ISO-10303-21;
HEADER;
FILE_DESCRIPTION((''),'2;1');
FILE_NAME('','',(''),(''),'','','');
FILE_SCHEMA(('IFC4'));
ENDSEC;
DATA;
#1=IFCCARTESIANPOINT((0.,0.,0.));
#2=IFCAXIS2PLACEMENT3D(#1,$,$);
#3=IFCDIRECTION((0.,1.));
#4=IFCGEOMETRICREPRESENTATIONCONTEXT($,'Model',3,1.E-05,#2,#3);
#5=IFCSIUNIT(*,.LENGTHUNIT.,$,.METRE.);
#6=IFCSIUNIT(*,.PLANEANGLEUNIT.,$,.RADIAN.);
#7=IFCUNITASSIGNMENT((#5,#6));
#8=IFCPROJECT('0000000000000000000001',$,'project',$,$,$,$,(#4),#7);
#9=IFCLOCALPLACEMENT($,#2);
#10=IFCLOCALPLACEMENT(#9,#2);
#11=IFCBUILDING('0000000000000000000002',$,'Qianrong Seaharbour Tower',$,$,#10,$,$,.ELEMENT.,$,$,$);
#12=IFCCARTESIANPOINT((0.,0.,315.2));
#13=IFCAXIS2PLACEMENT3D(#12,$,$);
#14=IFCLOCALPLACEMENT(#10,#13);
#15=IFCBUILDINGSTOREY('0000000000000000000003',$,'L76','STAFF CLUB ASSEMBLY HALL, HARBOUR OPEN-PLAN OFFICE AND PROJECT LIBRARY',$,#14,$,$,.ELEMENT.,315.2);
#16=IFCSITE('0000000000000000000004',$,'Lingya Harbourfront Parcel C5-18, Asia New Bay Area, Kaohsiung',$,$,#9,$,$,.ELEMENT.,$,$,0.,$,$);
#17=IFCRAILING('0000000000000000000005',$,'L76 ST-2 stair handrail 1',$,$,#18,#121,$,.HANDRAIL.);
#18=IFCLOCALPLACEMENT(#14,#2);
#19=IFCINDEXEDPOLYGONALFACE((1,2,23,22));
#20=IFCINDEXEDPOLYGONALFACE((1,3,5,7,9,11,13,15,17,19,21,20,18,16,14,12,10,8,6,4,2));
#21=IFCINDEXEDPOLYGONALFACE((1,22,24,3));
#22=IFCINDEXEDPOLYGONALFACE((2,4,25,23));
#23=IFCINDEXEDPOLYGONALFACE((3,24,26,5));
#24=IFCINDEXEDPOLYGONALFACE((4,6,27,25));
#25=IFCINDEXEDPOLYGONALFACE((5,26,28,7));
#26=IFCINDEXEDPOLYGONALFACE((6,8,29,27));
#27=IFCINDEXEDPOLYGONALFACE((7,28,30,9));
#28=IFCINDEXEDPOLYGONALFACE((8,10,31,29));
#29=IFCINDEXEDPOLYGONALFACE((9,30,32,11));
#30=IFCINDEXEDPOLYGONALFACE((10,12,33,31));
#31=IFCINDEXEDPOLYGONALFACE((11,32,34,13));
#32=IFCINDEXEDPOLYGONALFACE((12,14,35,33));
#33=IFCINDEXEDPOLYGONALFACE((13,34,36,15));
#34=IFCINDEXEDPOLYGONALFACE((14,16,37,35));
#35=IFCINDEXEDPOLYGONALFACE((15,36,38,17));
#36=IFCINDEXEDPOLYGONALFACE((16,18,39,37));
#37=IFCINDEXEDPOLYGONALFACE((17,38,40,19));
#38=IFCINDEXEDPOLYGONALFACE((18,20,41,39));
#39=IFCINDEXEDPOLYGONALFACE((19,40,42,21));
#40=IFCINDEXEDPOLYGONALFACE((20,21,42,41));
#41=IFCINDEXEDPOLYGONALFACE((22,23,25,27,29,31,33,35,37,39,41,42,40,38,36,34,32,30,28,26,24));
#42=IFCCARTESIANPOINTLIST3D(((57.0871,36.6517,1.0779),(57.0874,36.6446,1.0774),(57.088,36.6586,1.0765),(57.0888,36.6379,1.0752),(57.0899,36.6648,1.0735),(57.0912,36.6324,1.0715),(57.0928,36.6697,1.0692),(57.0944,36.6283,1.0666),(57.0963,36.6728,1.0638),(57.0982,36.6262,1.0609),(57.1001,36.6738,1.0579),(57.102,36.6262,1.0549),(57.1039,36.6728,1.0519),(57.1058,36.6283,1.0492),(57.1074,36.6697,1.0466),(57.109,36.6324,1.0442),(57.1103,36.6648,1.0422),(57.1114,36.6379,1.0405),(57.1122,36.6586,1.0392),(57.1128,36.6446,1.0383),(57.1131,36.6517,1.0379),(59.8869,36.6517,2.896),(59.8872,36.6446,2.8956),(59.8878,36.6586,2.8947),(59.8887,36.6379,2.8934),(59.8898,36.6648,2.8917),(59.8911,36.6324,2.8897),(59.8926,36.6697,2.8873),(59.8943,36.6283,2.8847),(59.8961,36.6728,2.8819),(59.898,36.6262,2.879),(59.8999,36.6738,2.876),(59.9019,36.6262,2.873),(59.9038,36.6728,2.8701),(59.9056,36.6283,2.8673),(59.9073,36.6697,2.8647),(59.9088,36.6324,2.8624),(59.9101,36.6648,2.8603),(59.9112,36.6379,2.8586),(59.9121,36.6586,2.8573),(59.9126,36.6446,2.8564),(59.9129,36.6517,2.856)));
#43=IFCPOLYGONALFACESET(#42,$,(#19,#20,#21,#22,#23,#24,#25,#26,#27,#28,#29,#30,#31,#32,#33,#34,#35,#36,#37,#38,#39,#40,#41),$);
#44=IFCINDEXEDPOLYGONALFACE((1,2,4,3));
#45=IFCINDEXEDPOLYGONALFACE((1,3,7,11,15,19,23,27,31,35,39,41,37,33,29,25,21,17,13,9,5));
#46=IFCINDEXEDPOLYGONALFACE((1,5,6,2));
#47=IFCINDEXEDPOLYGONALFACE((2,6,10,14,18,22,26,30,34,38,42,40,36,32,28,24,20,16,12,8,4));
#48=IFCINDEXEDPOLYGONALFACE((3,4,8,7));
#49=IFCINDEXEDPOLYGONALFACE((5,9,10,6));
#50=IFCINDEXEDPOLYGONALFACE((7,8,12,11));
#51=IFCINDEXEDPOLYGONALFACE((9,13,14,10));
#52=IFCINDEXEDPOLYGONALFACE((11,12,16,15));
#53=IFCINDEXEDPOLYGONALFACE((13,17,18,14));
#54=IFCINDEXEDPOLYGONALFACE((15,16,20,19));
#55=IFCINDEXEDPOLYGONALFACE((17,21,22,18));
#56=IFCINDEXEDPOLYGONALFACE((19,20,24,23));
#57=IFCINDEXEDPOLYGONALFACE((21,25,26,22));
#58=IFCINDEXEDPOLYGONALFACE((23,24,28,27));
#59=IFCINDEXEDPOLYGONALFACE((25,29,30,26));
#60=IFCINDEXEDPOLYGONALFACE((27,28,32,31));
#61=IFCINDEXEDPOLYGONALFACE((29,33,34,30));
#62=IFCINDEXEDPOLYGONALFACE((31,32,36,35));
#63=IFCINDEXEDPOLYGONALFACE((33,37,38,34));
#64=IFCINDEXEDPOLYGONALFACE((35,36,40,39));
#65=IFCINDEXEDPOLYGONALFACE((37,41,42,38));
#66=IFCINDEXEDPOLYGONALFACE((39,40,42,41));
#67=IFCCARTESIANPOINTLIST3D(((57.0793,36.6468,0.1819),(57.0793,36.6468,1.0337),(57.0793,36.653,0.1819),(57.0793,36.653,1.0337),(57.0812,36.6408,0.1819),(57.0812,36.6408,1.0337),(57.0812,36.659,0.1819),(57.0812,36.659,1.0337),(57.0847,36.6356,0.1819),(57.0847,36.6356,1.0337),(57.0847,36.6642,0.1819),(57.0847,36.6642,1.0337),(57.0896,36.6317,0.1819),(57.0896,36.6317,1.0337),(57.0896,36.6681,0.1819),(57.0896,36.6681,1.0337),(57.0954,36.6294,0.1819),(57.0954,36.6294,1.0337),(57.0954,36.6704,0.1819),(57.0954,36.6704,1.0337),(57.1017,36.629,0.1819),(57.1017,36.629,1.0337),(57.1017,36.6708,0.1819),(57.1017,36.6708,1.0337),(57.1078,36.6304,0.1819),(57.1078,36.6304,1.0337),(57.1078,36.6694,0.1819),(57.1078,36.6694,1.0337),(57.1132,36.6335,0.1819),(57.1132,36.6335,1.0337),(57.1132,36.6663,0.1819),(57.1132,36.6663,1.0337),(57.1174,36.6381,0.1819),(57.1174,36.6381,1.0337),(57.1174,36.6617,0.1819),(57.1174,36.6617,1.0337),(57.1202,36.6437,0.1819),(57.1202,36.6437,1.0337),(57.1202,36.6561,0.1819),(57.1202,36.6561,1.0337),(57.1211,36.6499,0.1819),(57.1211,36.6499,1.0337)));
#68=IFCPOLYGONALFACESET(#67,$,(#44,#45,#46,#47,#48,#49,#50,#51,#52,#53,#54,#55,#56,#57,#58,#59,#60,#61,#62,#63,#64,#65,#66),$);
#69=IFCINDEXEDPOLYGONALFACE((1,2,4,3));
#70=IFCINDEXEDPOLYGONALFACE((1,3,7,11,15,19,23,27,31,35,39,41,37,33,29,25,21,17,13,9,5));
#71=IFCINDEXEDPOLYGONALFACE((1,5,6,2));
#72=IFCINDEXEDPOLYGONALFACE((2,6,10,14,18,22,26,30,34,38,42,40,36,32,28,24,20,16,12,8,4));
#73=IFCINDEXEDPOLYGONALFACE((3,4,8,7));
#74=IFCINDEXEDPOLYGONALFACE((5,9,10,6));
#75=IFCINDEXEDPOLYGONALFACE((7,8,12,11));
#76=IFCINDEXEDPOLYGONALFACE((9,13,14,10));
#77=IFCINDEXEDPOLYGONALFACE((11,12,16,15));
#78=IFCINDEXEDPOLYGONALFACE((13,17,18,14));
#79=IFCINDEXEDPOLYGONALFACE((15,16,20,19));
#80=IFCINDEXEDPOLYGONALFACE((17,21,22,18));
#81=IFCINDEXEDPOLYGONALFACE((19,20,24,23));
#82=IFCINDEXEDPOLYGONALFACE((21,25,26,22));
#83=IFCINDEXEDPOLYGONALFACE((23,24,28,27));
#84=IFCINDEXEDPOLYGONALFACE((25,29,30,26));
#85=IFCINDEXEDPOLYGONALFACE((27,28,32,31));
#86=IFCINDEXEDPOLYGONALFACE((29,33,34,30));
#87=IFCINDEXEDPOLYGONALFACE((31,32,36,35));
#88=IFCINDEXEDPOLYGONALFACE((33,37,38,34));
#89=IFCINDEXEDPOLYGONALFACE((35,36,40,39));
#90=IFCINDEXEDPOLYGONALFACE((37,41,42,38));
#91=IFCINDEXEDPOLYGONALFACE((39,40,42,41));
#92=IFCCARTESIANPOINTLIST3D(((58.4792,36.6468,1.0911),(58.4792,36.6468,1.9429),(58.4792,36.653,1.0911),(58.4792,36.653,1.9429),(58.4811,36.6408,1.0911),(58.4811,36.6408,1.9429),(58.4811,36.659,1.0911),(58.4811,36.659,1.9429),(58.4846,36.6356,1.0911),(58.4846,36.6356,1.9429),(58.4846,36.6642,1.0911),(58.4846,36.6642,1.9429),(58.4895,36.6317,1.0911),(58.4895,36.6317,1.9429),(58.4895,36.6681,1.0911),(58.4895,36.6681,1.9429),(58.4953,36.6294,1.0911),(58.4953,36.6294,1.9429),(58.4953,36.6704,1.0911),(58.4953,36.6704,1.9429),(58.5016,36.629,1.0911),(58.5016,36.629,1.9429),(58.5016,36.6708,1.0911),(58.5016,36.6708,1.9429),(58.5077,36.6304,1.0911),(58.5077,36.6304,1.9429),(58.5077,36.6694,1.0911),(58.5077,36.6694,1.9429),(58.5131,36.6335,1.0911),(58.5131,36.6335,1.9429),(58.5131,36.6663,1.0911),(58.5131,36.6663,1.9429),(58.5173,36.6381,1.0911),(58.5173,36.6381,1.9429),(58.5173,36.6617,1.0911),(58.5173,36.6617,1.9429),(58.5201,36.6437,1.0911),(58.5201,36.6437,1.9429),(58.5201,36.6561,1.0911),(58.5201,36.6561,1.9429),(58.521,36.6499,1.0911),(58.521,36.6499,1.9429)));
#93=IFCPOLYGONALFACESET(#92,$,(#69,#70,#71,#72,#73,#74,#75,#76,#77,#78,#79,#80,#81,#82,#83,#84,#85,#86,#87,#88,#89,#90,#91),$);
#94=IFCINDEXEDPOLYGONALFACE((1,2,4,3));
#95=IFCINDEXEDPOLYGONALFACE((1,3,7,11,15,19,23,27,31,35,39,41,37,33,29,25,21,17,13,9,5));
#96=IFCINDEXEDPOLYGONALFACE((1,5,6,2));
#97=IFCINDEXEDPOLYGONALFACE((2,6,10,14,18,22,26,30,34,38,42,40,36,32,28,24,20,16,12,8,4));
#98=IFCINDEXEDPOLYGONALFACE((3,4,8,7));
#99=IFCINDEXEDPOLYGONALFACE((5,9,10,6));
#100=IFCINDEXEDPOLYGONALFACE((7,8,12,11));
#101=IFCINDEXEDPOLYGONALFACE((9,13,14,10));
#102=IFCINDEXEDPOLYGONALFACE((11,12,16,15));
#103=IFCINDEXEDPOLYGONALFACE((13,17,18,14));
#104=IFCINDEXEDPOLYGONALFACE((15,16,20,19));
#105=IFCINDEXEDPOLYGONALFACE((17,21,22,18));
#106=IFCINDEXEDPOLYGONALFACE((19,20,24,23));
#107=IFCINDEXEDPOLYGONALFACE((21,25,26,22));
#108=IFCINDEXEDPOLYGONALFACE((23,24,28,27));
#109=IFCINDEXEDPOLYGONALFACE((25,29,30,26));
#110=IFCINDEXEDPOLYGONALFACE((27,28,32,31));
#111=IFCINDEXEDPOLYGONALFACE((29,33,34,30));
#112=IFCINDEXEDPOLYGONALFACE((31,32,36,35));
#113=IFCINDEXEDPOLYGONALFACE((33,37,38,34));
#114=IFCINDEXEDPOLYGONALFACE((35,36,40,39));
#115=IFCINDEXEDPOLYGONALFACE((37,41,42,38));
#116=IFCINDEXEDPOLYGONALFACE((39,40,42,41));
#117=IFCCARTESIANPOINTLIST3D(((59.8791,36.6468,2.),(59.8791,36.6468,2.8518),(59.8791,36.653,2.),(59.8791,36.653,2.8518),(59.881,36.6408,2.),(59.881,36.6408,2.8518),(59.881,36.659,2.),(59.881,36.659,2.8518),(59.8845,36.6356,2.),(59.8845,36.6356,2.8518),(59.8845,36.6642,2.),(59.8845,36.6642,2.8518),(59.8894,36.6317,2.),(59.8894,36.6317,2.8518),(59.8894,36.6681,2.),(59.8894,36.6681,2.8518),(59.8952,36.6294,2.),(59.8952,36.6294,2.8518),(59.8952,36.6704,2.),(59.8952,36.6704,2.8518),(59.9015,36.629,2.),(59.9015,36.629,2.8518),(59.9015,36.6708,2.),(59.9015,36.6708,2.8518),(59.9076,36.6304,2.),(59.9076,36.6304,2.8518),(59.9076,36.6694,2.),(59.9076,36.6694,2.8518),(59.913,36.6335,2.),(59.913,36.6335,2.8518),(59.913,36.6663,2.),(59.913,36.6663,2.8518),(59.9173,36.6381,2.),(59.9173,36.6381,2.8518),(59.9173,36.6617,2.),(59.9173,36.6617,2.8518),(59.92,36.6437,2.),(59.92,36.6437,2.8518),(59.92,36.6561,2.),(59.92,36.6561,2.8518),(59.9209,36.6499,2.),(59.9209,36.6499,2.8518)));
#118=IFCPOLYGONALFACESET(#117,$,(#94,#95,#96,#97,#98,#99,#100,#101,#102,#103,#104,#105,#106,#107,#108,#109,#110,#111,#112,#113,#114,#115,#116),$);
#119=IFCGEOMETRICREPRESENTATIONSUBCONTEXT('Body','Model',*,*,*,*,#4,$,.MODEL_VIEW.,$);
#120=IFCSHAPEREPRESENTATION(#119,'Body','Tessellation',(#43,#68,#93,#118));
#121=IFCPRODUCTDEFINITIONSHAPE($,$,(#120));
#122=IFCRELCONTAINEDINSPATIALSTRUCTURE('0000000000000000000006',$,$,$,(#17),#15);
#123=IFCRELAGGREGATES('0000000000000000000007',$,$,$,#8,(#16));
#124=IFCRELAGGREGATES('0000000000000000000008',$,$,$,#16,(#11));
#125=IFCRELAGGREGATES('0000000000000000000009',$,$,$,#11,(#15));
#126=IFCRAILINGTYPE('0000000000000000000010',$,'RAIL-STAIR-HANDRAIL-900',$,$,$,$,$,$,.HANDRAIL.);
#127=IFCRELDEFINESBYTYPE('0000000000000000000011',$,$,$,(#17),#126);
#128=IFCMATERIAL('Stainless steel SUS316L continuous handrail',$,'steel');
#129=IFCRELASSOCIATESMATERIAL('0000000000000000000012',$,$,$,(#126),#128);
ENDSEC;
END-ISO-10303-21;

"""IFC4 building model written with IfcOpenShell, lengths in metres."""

from ifc_helpers import new_model, si_unit, direction, frame, origin, origin_2d, place, context, subcontext, project, spatial, circle, extrude, material, type_object, element, save


model = new_model("IFC4")

# Units and contexts
model_context = context("Model", 3, precision=1e-05, world=origin(), true_north=direction((0.0, 1.0)))
body_context = subcontext(model_context, "Body", "Model", "MODEL_VIEW")
ifc_project = project(units=[si_unit("LENGTHUNIT", "METRE"), si_unit("PLANEANGLEUNIT", "RADIAN")], contexts=[model_context])

# Site, building, storey
site_placement = place(None, origin())
site = spatial("IfcSite", under=ifc_project, at=site_placement, Name="Lingya Harbourfront Parcel C5-18, Asia New Bay Area, Kaohsiung", CompositionType="ELEMENT", RefElevation=0.0)
building_placement = place(site_placement, origin())
building = spatial("IfcBuilding", under=site, at=building_placement, Name="Qianrong Seaharbour Tower", CompositionType="ELEMENT")
storey_placement = place(building_placement, frame((0.0, 0.0, 315.2)))
storey = spatial("IfcBuildingStorey", under=building, at=storey_placement, Name="L76", Description="STAFF CLUB ASSEMBLY HALL, HARBOUR OPEN-PLAN OFFICE AND PROJECT LIBRARY", CompositionType="ELEMENT", Elevation=315.2)

# Railing
ifc_material_1 = material(Name="Stainless steel SUS316L continuous handrail", Category="steel")
railing_type_1 = type_object("IfcRailingType", Name="RAIL-STAIR-HANDRAIL-900", PredefinedType="HANDRAIL", material=ifc_material_1)
railing_1_placement = place(storey_placement, frame((57.1001, 36.6499, 0.1819)))
element("IfcRailing", 1, at=railing_1_placement, inside=storey, type_object=railing_type_1, Name="L76 ST-2 stair handrail 1", PredefinedType="HANDRAIL", context=body_context, shape_type="SweptSolid", body=[
    extrude(circle(Radius=0.0239, at=origin_2d()), frame((0.0, 0.0, 0.876), z_axis=(0.838684, 0.0, 0.544618), x_axis=(0.0, 1.0, 0.0)), (0.0, 0.0, 1.0), 3.3384),
    extrude(circle(Radius=0.021, at=origin_2d()), origin(), (0.0, 0.0, 1.0), 0.8518),
    extrude(circle(Radius=0.021, at=origin_2d()), frame((1.3999, 0.0, 0.9092)), (0.0, 0.0, 1.0), 0.8518),
    extrude(circle(Radius=0.021, at=origin_2d()), frame((2.7998, 0.0, 1.8181)), (0.0, 0.0, 1.0), 0.8518),
])

save(model, "model.ifc")
